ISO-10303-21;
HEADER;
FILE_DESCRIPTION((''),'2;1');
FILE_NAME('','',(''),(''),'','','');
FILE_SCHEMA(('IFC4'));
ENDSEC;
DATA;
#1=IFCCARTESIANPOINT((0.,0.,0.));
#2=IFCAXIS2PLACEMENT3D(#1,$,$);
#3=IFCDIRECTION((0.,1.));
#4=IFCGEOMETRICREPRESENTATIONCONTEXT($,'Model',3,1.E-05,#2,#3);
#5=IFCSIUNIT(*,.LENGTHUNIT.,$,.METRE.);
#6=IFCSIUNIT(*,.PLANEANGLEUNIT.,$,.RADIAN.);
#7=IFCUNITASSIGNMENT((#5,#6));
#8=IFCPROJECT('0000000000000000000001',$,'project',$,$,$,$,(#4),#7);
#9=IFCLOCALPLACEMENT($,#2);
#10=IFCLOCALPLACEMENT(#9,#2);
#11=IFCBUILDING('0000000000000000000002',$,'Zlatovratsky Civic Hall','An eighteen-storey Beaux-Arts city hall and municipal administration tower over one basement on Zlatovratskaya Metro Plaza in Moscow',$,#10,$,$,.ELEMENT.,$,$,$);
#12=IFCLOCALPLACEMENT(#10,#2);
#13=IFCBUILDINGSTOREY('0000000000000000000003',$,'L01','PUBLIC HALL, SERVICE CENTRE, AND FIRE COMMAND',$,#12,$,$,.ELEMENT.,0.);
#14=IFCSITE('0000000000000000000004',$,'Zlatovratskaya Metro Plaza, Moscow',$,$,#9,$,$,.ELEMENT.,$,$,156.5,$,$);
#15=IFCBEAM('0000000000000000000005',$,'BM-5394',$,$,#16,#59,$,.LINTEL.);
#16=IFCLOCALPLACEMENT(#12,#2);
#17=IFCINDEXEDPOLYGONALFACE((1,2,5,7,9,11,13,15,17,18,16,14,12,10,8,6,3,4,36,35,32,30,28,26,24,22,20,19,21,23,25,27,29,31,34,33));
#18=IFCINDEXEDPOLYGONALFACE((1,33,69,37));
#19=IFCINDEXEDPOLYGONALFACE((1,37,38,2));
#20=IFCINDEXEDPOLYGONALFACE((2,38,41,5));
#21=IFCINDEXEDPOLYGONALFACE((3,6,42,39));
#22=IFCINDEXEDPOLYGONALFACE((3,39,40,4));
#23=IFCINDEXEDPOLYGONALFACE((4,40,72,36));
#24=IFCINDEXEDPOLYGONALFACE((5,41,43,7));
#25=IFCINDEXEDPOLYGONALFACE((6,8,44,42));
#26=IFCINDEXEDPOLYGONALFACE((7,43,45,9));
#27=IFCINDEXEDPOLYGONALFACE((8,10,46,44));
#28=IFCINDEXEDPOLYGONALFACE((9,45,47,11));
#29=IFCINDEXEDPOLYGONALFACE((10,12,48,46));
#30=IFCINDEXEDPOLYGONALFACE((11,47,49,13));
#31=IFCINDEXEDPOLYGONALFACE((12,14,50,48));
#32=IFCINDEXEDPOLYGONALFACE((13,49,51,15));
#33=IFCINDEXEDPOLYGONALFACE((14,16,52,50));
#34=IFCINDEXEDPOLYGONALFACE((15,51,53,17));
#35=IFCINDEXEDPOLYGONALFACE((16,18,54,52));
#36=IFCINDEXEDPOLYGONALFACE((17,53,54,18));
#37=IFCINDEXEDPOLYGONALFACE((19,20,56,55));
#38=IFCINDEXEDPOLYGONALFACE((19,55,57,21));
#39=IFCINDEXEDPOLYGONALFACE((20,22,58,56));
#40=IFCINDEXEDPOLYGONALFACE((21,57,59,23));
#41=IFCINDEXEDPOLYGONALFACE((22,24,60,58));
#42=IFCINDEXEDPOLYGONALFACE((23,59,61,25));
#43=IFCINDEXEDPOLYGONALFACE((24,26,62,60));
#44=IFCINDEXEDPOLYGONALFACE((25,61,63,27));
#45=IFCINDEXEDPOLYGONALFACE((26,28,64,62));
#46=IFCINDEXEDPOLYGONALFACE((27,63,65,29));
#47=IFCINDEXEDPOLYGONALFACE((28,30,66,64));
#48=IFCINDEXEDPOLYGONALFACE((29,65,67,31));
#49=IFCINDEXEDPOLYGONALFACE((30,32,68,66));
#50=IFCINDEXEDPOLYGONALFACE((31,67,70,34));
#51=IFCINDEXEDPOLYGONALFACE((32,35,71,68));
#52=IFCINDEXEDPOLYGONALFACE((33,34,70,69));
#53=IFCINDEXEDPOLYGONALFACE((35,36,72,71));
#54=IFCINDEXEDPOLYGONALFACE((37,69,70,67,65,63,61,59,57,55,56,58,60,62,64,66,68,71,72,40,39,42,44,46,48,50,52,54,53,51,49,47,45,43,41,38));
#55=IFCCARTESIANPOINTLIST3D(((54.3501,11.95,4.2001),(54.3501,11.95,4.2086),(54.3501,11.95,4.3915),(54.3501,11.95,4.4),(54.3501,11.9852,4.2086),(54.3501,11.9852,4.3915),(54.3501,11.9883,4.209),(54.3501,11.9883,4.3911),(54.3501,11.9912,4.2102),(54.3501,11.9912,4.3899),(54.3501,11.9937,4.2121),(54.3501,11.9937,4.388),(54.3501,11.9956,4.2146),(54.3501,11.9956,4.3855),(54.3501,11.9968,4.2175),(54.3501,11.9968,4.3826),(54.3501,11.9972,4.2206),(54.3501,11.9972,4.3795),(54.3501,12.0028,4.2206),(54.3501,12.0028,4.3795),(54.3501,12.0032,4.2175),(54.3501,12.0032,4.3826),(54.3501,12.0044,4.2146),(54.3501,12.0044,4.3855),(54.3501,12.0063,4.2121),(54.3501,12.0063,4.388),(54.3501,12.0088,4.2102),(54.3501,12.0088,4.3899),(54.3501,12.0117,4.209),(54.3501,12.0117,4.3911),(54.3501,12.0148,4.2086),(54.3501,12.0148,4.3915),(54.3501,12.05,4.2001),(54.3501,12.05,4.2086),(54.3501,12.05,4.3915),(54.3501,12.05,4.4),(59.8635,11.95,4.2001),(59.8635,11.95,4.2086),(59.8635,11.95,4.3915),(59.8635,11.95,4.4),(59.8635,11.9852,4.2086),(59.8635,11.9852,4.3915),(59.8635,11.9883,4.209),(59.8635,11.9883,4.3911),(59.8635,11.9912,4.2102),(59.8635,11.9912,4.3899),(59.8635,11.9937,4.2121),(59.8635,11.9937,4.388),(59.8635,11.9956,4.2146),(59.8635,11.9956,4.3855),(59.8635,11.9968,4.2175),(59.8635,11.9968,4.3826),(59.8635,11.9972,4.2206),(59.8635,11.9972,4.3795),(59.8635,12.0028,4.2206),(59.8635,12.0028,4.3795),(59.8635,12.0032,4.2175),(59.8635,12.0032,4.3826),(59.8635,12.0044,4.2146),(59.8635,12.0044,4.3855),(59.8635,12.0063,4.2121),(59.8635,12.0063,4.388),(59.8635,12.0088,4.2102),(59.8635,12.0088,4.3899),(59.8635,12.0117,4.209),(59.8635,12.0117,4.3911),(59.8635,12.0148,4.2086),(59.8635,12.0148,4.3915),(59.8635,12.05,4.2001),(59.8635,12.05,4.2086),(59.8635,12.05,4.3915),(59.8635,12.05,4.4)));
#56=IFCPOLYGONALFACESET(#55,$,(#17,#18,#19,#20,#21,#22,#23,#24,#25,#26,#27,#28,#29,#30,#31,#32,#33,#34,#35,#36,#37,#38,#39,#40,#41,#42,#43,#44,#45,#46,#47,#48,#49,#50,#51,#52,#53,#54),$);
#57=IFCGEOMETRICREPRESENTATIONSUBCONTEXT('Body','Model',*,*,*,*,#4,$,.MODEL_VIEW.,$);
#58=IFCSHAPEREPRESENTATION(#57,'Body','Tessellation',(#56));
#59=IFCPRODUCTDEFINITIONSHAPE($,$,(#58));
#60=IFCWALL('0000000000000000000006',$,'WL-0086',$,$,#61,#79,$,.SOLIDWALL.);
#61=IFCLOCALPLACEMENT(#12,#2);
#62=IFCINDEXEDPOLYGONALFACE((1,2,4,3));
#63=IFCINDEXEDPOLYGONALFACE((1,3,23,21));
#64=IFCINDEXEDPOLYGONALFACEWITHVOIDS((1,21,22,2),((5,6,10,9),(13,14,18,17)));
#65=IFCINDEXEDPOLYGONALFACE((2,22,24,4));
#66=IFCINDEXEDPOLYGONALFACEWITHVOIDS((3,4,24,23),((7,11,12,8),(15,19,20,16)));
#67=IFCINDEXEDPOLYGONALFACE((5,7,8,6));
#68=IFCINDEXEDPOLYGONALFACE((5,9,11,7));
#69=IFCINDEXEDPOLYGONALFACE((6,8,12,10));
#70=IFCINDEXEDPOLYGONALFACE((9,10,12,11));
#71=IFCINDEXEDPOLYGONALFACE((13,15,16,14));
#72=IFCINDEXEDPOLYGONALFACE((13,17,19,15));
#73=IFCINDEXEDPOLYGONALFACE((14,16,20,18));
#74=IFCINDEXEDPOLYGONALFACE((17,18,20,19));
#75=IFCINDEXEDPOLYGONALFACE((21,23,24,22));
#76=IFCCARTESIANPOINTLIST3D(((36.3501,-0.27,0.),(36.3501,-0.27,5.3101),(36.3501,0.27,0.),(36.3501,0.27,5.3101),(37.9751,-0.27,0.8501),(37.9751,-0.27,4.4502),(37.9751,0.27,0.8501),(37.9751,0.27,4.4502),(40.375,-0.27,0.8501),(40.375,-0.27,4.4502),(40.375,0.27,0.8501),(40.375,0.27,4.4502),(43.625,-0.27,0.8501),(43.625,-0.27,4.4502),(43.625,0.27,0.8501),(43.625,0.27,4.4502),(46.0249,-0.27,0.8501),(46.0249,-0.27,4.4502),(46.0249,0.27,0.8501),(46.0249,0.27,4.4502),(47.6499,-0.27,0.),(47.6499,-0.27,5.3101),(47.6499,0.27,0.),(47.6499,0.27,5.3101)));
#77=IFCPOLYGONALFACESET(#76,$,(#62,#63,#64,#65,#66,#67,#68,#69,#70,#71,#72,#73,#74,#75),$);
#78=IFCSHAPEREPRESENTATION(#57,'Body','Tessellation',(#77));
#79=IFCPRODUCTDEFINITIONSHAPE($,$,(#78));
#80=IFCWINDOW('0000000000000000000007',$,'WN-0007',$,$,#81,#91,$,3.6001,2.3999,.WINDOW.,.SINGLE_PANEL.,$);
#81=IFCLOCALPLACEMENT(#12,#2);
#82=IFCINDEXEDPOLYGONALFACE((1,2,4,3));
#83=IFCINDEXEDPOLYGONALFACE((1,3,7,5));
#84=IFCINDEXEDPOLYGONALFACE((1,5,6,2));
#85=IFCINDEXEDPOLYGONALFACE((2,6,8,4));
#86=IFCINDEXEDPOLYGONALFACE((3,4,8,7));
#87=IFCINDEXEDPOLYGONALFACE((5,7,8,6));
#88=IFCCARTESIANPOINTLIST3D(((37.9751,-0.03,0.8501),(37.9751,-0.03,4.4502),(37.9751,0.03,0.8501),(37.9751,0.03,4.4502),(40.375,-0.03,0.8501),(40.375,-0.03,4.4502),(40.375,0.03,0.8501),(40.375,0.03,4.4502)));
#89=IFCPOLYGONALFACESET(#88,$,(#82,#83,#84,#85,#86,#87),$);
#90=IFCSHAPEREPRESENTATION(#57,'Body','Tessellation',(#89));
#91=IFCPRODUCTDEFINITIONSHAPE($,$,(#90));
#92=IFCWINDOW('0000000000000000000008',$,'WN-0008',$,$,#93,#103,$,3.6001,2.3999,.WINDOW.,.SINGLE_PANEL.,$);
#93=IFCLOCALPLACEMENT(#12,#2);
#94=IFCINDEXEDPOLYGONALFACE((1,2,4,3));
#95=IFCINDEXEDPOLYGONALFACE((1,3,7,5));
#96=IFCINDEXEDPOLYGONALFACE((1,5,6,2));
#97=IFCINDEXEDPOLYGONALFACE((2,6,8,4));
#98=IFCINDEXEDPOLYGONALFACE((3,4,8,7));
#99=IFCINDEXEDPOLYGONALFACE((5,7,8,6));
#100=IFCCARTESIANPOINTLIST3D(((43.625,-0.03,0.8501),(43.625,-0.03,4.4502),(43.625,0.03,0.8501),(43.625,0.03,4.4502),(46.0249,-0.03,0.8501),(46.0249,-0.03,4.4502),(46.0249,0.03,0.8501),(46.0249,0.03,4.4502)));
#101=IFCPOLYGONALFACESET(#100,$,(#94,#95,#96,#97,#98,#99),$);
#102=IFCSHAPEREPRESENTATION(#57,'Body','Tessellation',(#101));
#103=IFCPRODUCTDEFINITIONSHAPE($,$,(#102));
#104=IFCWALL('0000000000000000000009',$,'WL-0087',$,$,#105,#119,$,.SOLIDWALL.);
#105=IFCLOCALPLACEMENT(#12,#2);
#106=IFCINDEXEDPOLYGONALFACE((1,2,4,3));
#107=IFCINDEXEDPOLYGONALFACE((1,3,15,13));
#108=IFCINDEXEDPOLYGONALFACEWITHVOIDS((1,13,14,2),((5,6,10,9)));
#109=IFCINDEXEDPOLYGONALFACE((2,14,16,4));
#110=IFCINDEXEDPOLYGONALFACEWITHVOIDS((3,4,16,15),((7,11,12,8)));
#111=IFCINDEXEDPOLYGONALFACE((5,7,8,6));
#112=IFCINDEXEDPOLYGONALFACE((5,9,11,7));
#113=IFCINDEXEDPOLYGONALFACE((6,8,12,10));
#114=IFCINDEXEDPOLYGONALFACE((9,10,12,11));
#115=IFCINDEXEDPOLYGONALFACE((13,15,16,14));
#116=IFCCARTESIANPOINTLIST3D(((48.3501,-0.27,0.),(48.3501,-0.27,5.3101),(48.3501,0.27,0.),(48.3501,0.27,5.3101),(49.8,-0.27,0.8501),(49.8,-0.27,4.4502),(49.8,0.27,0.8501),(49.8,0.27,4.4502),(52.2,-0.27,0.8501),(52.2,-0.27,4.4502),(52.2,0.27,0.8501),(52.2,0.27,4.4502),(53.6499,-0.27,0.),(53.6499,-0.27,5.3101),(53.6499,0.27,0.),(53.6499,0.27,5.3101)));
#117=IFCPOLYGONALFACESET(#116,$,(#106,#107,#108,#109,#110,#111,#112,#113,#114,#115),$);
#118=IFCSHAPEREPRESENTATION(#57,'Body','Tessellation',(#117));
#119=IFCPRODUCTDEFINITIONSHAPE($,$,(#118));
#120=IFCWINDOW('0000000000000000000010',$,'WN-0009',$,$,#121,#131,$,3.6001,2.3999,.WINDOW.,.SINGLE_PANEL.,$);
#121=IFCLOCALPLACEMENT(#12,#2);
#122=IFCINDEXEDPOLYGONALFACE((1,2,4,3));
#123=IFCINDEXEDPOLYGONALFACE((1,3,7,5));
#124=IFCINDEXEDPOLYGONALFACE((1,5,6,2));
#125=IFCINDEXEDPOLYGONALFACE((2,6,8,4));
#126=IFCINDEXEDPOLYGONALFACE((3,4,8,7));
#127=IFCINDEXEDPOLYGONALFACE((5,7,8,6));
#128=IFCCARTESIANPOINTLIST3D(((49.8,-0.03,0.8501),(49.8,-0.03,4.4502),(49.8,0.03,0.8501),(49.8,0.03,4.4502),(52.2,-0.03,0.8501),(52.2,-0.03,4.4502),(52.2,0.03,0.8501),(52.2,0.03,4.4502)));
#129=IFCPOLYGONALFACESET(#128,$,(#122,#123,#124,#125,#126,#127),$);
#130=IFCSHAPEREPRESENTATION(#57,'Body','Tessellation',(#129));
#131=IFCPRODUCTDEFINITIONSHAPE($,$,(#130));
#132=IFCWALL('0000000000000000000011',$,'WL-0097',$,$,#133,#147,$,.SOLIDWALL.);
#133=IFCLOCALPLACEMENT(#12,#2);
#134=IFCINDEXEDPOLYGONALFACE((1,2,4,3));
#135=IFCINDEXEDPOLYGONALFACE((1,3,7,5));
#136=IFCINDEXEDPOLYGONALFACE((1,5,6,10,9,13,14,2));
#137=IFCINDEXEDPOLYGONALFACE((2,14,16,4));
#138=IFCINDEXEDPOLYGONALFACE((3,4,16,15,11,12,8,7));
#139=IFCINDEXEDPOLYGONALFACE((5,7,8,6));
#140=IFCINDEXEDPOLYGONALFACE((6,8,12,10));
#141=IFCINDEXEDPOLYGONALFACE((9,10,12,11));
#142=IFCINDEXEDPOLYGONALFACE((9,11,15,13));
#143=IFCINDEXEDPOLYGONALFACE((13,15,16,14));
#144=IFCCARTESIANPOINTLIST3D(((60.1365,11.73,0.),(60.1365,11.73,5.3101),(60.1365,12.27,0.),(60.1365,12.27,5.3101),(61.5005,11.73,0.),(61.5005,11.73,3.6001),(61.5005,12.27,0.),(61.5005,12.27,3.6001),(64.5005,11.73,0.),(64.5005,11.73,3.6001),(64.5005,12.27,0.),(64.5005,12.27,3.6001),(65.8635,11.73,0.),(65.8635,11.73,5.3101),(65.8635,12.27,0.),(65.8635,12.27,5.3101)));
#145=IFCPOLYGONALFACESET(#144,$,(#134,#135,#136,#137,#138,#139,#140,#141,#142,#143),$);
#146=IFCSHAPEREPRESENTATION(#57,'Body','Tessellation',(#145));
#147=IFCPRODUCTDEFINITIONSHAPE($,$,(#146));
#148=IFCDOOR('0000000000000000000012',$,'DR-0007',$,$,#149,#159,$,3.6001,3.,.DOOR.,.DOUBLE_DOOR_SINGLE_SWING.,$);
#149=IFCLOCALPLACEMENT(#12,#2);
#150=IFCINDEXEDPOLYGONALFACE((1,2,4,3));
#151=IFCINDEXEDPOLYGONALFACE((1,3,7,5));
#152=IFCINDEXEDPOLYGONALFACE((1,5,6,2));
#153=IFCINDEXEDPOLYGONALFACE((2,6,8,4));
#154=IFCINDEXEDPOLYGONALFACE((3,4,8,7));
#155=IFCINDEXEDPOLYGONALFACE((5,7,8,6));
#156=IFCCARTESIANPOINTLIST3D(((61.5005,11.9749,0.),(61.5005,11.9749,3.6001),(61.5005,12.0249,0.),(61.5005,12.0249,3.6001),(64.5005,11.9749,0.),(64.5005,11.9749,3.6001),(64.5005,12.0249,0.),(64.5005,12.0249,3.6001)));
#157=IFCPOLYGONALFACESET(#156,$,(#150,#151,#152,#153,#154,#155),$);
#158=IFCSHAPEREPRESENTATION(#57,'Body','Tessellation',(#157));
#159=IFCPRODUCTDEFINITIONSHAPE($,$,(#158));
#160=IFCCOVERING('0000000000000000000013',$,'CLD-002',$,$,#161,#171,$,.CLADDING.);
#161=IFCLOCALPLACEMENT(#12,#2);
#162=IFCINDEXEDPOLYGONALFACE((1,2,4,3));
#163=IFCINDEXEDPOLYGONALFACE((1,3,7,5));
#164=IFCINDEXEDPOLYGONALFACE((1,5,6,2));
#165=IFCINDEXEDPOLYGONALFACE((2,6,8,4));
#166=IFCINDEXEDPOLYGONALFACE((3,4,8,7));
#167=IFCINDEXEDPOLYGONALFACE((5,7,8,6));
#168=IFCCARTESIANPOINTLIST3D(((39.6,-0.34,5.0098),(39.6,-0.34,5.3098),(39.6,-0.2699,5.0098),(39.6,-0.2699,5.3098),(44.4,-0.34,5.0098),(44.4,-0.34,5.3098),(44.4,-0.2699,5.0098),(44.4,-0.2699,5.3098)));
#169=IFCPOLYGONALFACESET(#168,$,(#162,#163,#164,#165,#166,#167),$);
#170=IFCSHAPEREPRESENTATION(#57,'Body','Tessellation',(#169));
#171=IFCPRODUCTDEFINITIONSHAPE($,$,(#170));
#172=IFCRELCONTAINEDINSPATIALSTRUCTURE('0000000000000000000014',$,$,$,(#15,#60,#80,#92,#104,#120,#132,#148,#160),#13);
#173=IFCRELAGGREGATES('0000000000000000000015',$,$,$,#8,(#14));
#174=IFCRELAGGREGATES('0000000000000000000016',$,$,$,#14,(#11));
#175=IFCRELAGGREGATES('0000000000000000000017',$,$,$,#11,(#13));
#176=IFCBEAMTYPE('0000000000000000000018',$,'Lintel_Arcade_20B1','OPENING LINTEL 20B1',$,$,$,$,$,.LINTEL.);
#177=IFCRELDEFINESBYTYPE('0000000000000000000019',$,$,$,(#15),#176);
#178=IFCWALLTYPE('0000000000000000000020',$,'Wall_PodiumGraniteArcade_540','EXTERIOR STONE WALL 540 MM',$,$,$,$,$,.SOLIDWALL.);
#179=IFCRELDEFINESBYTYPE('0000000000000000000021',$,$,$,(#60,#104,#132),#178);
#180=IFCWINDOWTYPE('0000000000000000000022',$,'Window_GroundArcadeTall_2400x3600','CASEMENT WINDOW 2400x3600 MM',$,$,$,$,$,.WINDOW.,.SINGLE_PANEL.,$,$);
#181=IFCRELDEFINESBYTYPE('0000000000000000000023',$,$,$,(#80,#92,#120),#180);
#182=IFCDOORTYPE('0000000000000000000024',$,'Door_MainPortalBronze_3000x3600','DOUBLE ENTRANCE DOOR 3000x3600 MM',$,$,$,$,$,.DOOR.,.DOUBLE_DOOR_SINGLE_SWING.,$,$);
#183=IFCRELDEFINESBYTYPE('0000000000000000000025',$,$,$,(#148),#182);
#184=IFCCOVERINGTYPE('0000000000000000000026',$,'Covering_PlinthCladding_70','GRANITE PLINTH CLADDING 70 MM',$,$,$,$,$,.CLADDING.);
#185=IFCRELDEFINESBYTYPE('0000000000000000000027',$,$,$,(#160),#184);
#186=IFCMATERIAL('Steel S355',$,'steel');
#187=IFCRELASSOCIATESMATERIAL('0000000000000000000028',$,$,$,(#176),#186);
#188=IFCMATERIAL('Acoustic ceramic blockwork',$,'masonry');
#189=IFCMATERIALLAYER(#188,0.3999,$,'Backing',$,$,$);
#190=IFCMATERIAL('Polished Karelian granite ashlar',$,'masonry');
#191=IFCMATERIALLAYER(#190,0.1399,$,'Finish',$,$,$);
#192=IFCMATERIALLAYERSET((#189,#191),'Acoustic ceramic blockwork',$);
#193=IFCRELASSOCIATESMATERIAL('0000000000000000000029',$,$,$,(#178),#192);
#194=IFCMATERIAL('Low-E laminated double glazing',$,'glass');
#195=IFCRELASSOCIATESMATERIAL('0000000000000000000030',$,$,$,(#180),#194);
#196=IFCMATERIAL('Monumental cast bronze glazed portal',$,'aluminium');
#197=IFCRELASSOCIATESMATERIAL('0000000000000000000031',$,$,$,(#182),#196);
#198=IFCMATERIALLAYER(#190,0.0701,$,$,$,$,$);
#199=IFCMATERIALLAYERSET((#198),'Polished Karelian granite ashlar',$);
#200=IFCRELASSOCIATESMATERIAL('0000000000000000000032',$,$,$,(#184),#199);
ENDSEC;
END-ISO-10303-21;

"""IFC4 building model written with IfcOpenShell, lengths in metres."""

from ifc_helpers import new_model, si_unit, direction, frame, frame_2d, origin, origin_2d, place, context, subcontext, project, spatial, rectangle, i_section, extrude, material, layer, layer_set, material_profile, profile_set, type_object, element, fill, save


model = new_model("IFC4")

# Units and contexts
model_context = context("Model", 3, precision=1e-05, world=origin(), true_north=direction((0.0, 1.0)))
body_context = subcontext(model_context, "Body", "Model", "MODEL_VIEW")
ifc_project = project(units=[si_unit("LENGTHUNIT", "METRE"), si_unit("PLANEANGLEUNIT", "RADIAN")], contexts=[model_context])

# Site, building, storey
site_placement = place(None, origin())
site = spatial("IfcSite", under=ifc_project, at=site_placement, Name="Zlatovratskaya Metro Plaza, Moscow", CompositionType="ELEMENT", RefElevation=156.5)
building_placement = place(site_placement, origin())
building = spatial("IfcBuilding", under=site, at=building_placement, Name="Zlatovratsky Civic Hall", Description="An eighteen-storey Beaux-Arts city hall and municipal administration tower over one basement on Zlatovratskaya Metro Plaza in Moscow", CompositionType="ELEMENT")
storey_placement = place(building_placement, origin())
storey = spatial("IfcBuildingStorey", under=building, at=storey_placement, Name="L01", Description="PUBLIC HALL, SERVICE CENTRE, AND FIRE COMMAND", CompositionType="ELEMENT", Elevation=0.0)

# Shared definitions
ifc_material_1 = material(Name="Steel S355", Category="steel")

# Beam
ifc_material_profile_1 = material_profile(ifc_material_1, i_section(OverallWidth=0.1001, OverallDepth=0.2, WebThickness=0.0056, FlangeThickness=0.0085, FilletRadius=0.012, at=origin_2d()), Name="20B1")
ifc_profile_set_1 = profile_set([ifc_material_profile_1], Name="Steel S355")
beam_type_1 = type_object("IfcBeamType", Name="Lintel_Arcade_20B1", Description="OPENING LINTEL 20B1", PredefinedType="LINTEL", material=ifc_profile_set_1)
beam_1_placement = place(storey_placement, frame((54.3501, 12.0, 4.3), z_axis=(1.0, 0.0, 0.0), x_axis=(0.0, 1.0, 0.0)))
element("IfcBeam", 1, at=beam_1_placement, inside=storey, type_object=beam_type_1, Name="BM-5394", PredefinedType="LINTEL", context=body_context, shape_type="SweptSolid", body=[
    extrude(i_section(OverallWidth=0.1001, OverallDepth=0.2, WebThickness=0.0056, FlangeThickness=0.0085, FilletRadius=0.012, at=origin_2d()), origin(), (0.0, 0.0, 1.0), 5.5134),
])

# Wall, openings, windows
ifc_material_2 = material(Name="Acoustic ceramic blockwork", Category="masonry")
ifc_layer_1 = layer(ifc_material_2, 0.3999, Name="Backing")
ifc_material_3 = material(Name="Polished Karelian granite ashlar", Category="masonry")
ifc_layer_2 = layer(ifc_material_3, 0.1399, Name="Finish")
ifc_layer_set_1 = layer_set([ifc_layer_1, ifc_layer_2], Name="Acoustic ceramic blockwork")
wall_type = type_object("IfcWallType", Name="Wall_PodiumGraniteArcade_540", Description="EXTERIOR STONE WALL 540 MM", PredefinedType="SOLIDWALL", material=ifc_layer_set_1)
wall_1_placement = place(storey_placement, frame((36.3501, 0.0, 0.0), z_axis=(0.0, 0.0, 1.0), x_axis=(1.0, 0.0, 0.0)))
wall_1 = element("IfcWall", 2, at=wall_1_placement, inside=storey, type_object=wall_type, Name="WL-0086", PredefinedType="SOLIDWALL", context=body_context, shape_type="SweptSolid", body=[
    extrude(rectangle(XDim=11.2998, YDim=0.54, at=frame_2d((5.6499, 0.0))), origin(), (0.0, 0.0, 1.0), 5.3101),
])
opening_1_placement = place(wall_1_placement, frame((1.625, 0.0, 0.8501)))
opening_1 = element("IfcOpeningElement", 3, at=opening_1_placement, cuts=wall_1, PredefinedType="OPENING", context=body_context, shape_type="SweptSolid", body=[
    extrude(rectangle(XDim=2.3999, YDim=3.6001, at=frame_2d((1.2, 1.8))), frame((0.0, 0.2849, 0.0), z_axis=(0.0, -1.0, 0.0), x_axis=(1.0, 0.0, 0.0)), (0.0, 0.0, 1.0), 0.5698),
])
opening_2_placement = place(wall_1_placement, frame((7.2749, 0.0, 0.8501)))
opening_2 = element("IfcOpeningElement", 4, at=opening_2_placement, cuts=wall_1, PredefinedType="OPENING", context=body_context, shape_type="SweptSolid", body=[
    extrude(rectangle(XDim=2.3999, YDim=3.6001, at=frame_2d((1.2, 1.8))), frame((0.0, 0.2849, 0.0), z_axis=(0.0, -1.0, 0.0), x_axis=(1.0, 0.0, 0.0)), (0.0, 0.0, 1.0), 0.5698),
])
ifc_material_4 = material(Name="Low-E laminated double glazing", Category="glass")
window_type = type_object("IfcWindowType", Name="Window_GroundArcadeTall_2400x3600", Description="CASEMENT WINDOW 2400x3600 MM", PartitioningType="SINGLE_PANEL", PredefinedType="WINDOW", material=ifc_material_4)
window_1_placement = place(opening_1_placement, origin())
window_1 = element("IfcWindow", 5, at=window_1_placement, inside=storey, type_object=window_type, Name="WN-0007", OverallHeight=3.6001, OverallWidth=2.3999, PartitioningType="SINGLE_PANEL", PredefinedType="WINDOW", context=body_context, shape_type="SweptSolid", body=[
    extrude(rectangle(XDim=2.3999, YDim=3.6001, at=frame_2d((1.2, 1.8))), frame((0.0, 0.03, 0.0), z_axis=(0.0, -1.0, 0.0), x_axis=(1.0, 0.0, 0.0)), (0.0, 0.0, 1.0), 0.0601),
])
fill(opening_1, window_1)
window_2_placement = place(opening_2_placement, origin())
window_2 = element("IfcWindow", 6, at=window_2_placement, inside=storey, type_object=window_type, Name="WN-0008", OverallHeight=3.6001, OverallWidth=2.3999, PartitioningType="SINGLE_PANEL", PredefinedType="WINDOW", context=body_context, shape_type="SweptSolid", body=[
    extrude(rectangle(XDim=2.3999, YDim=3.6001, at=frame_2d((1.2, 1.8))), frame((0.0, 0.03, 0.0), z_axis=(0.0, -1.0, 0.0), x_axis=(1.0, 0.0, 0.0)), (0.0, 0.0, 1.0), 0.0601),
])
fill(opening_2, window_2)

# Wall, opening, window
wall_2_placement = place(storey_placement, frame((48.3501, 0.0, 0.0), z_axis=(0.0, 0.0, 1.0), x_axis=(1.0, 0.0, 0.0)))
wall_2 = element("IfcWall", 7, at=wall_2_placement, inside=storey, type_object=wall_type, Name="WL-0087", PredefinedType="SOLIDWALL", context=body_context, shape_type="SweptSolid", body=[
    extrude(rectangle(XDim=5.2998, YDim=0.54, at=frame_2d((2.6499, 0.0))), origin(), (0.0, 0.0, 1.0), 5.3101),
])
opening_3_placement = place(wall_2_placement, frame((1.45, 0.0, 0.8501)))
opening_3 = element("IfcOpeningElement", 8, at=opening_3_placement, cuts=wall_2, PredefinedType="OPENING", context=body_context, shape_type="SweptSolid", body=[
    extrude(rectangle(XDim=2.3999, YDim=3.6001, at=frame_2d((1.2, 1.8))), frame((0.0, 0.2849, 0.0), z_axis=(0.0, -1.0, 0.0), x_axis=(1.0, 0.0, 0.0)), (0.0, 0.0, 1.0), 0.5698),
])
window_3_placement = place(opening_3_placement, origin())
window_3 = element("IfcWindow", 9, at=window_3_placement, inside=storey, type_object=window_type, Name="WN-0009", OverallHeight=3.6001, OverallWidth=2.3999, PartitioningType="SINGLE_PANEL", PredefinedType="WINDOW", context=body_context, shape_type="SweptSolid", body=[
    extrude(rectangle(XDim=2.3999, YDim=3.6001, at=frame_2d((1.2, 1.8))), frame((0.0, 0.03, 0.0), z_axis=(0.0, -1.0, 0.0), x_axis=(1.0, 0.0, 0.0)), (0.0, 0.0, 1.0), 0.0601),
])
fill(opening_3, window_3)

# Wall, opening, door
ifc_material_5 = material(Name="Monumental cast bronze glazed portal", Category="aluminium")
wall_3_placement = place(storey_placement, frame((60.1365, 12.0, 0.0), z_axis=(0.0, 0.0, 1.0), x_axis=(1.0, 0.0, 0.0)))
wall_3 = element("IfcWall", 10, at=wall_3_placement, inside=storey, type_object=wall_type, Name="WL-0097", PredefinedType="SOLIDWALL", context=body_context, shape_type="SweptSolid", body=[
    extrude(rectangle(XDim=5.7271, YDim=0.54, at=frame_2d((2.8635, 0.0))), origin(), (0.0, 0.0, 1.0), 5.3101),
])
opening_4_placement = place(wall_3_placement, frame((1.364, 0.0, 0.0)))
opening_4 = element("IfcOpeningElement", 11, at=opening_4_placement, cuts=wall_3, PredefinedType="OPENING", context=body_context, shape_type="SweptSolid", body=[
    extrude(rectangle(XDim=3.0, YDim=3.6001, at=frame_2d((1.5, 1.8))), frame((0.0, 0.2849, 0.0), z_axis=(0.0, -1.0, 0.0), x_axis=(1.0, 0.0, 0.0)), (0.0, 0.0, 1.0), 0.5698),
])
door_type_1 = type_object("IfcDoorType", Name="Door_MainPortalBronze_3000x3600", Description="DOUBLE ENTRANCE DOOR 3000x3600 MM", OperationType="DOUBLE_DOOR_SINGLE_SWING", PredefinedType="DOOR", material=ifc_material_5)
door_1_placement = place(opening_4_placement, origin())
door_1 = element("IfcDoor", 12, at=door_1_placement, inside=storey, type_object=door_type_1, Name="DR-0007", OperationType="DOUBLE_DOOR_SINGLE_SWING", OverallHeight=3.6001, OverallWidth=3.0, PredefinedType="DOOR", context=body_context, shape_type="SweptSolid", body=[
    extrude(rectangle(XDim=3.0, YDim=3.6001, at=frame_2d((1.5, 1.8))), frame((0.0, 0.0249, 0.0), z_axis=(0.0, -1.0, 0.0), x_axis=(1.0, 0.0, 0.0)), (0.0, 0.0, 1.0), 0.05),
])
fill(opening_4, door_1)

# Covering
ifc_layer_3 = layer(ifc_material_3, 0.0701)
ifc_layer_set_2 = layer_set([ifc_layer_3], Name="Polished Karelian granite ashlar")
covering_type = type_object("IfcCoveringType", Name="Covering_PlinthCladding_70", Description="GRANITE PLINTH CLADDING 70 MM", PredefinedType="CLADDING", material=ifc_layer_set_2)
covering_placement = place(storey_placement, frame((42.0, -0.3049, 5.0098), z_axis=(0.0, 0.0, 1.0), x_axis=(1.0, 0.0, 0.0)))
element("IfcCovering", 13, at=covering_placement, inside=storey, type_object=covering_type, Name="CLD-002", PredefinedType="CLADDING", context=body_context, shape_type="SweptSolid", body=[
    extrude(rectangle(XDim=4.8, YDim=0.0701, at=origin_2d()), origin(), (0.0, 0.0, 1.0), 0.3),
])

save(model, "model.ifc")
